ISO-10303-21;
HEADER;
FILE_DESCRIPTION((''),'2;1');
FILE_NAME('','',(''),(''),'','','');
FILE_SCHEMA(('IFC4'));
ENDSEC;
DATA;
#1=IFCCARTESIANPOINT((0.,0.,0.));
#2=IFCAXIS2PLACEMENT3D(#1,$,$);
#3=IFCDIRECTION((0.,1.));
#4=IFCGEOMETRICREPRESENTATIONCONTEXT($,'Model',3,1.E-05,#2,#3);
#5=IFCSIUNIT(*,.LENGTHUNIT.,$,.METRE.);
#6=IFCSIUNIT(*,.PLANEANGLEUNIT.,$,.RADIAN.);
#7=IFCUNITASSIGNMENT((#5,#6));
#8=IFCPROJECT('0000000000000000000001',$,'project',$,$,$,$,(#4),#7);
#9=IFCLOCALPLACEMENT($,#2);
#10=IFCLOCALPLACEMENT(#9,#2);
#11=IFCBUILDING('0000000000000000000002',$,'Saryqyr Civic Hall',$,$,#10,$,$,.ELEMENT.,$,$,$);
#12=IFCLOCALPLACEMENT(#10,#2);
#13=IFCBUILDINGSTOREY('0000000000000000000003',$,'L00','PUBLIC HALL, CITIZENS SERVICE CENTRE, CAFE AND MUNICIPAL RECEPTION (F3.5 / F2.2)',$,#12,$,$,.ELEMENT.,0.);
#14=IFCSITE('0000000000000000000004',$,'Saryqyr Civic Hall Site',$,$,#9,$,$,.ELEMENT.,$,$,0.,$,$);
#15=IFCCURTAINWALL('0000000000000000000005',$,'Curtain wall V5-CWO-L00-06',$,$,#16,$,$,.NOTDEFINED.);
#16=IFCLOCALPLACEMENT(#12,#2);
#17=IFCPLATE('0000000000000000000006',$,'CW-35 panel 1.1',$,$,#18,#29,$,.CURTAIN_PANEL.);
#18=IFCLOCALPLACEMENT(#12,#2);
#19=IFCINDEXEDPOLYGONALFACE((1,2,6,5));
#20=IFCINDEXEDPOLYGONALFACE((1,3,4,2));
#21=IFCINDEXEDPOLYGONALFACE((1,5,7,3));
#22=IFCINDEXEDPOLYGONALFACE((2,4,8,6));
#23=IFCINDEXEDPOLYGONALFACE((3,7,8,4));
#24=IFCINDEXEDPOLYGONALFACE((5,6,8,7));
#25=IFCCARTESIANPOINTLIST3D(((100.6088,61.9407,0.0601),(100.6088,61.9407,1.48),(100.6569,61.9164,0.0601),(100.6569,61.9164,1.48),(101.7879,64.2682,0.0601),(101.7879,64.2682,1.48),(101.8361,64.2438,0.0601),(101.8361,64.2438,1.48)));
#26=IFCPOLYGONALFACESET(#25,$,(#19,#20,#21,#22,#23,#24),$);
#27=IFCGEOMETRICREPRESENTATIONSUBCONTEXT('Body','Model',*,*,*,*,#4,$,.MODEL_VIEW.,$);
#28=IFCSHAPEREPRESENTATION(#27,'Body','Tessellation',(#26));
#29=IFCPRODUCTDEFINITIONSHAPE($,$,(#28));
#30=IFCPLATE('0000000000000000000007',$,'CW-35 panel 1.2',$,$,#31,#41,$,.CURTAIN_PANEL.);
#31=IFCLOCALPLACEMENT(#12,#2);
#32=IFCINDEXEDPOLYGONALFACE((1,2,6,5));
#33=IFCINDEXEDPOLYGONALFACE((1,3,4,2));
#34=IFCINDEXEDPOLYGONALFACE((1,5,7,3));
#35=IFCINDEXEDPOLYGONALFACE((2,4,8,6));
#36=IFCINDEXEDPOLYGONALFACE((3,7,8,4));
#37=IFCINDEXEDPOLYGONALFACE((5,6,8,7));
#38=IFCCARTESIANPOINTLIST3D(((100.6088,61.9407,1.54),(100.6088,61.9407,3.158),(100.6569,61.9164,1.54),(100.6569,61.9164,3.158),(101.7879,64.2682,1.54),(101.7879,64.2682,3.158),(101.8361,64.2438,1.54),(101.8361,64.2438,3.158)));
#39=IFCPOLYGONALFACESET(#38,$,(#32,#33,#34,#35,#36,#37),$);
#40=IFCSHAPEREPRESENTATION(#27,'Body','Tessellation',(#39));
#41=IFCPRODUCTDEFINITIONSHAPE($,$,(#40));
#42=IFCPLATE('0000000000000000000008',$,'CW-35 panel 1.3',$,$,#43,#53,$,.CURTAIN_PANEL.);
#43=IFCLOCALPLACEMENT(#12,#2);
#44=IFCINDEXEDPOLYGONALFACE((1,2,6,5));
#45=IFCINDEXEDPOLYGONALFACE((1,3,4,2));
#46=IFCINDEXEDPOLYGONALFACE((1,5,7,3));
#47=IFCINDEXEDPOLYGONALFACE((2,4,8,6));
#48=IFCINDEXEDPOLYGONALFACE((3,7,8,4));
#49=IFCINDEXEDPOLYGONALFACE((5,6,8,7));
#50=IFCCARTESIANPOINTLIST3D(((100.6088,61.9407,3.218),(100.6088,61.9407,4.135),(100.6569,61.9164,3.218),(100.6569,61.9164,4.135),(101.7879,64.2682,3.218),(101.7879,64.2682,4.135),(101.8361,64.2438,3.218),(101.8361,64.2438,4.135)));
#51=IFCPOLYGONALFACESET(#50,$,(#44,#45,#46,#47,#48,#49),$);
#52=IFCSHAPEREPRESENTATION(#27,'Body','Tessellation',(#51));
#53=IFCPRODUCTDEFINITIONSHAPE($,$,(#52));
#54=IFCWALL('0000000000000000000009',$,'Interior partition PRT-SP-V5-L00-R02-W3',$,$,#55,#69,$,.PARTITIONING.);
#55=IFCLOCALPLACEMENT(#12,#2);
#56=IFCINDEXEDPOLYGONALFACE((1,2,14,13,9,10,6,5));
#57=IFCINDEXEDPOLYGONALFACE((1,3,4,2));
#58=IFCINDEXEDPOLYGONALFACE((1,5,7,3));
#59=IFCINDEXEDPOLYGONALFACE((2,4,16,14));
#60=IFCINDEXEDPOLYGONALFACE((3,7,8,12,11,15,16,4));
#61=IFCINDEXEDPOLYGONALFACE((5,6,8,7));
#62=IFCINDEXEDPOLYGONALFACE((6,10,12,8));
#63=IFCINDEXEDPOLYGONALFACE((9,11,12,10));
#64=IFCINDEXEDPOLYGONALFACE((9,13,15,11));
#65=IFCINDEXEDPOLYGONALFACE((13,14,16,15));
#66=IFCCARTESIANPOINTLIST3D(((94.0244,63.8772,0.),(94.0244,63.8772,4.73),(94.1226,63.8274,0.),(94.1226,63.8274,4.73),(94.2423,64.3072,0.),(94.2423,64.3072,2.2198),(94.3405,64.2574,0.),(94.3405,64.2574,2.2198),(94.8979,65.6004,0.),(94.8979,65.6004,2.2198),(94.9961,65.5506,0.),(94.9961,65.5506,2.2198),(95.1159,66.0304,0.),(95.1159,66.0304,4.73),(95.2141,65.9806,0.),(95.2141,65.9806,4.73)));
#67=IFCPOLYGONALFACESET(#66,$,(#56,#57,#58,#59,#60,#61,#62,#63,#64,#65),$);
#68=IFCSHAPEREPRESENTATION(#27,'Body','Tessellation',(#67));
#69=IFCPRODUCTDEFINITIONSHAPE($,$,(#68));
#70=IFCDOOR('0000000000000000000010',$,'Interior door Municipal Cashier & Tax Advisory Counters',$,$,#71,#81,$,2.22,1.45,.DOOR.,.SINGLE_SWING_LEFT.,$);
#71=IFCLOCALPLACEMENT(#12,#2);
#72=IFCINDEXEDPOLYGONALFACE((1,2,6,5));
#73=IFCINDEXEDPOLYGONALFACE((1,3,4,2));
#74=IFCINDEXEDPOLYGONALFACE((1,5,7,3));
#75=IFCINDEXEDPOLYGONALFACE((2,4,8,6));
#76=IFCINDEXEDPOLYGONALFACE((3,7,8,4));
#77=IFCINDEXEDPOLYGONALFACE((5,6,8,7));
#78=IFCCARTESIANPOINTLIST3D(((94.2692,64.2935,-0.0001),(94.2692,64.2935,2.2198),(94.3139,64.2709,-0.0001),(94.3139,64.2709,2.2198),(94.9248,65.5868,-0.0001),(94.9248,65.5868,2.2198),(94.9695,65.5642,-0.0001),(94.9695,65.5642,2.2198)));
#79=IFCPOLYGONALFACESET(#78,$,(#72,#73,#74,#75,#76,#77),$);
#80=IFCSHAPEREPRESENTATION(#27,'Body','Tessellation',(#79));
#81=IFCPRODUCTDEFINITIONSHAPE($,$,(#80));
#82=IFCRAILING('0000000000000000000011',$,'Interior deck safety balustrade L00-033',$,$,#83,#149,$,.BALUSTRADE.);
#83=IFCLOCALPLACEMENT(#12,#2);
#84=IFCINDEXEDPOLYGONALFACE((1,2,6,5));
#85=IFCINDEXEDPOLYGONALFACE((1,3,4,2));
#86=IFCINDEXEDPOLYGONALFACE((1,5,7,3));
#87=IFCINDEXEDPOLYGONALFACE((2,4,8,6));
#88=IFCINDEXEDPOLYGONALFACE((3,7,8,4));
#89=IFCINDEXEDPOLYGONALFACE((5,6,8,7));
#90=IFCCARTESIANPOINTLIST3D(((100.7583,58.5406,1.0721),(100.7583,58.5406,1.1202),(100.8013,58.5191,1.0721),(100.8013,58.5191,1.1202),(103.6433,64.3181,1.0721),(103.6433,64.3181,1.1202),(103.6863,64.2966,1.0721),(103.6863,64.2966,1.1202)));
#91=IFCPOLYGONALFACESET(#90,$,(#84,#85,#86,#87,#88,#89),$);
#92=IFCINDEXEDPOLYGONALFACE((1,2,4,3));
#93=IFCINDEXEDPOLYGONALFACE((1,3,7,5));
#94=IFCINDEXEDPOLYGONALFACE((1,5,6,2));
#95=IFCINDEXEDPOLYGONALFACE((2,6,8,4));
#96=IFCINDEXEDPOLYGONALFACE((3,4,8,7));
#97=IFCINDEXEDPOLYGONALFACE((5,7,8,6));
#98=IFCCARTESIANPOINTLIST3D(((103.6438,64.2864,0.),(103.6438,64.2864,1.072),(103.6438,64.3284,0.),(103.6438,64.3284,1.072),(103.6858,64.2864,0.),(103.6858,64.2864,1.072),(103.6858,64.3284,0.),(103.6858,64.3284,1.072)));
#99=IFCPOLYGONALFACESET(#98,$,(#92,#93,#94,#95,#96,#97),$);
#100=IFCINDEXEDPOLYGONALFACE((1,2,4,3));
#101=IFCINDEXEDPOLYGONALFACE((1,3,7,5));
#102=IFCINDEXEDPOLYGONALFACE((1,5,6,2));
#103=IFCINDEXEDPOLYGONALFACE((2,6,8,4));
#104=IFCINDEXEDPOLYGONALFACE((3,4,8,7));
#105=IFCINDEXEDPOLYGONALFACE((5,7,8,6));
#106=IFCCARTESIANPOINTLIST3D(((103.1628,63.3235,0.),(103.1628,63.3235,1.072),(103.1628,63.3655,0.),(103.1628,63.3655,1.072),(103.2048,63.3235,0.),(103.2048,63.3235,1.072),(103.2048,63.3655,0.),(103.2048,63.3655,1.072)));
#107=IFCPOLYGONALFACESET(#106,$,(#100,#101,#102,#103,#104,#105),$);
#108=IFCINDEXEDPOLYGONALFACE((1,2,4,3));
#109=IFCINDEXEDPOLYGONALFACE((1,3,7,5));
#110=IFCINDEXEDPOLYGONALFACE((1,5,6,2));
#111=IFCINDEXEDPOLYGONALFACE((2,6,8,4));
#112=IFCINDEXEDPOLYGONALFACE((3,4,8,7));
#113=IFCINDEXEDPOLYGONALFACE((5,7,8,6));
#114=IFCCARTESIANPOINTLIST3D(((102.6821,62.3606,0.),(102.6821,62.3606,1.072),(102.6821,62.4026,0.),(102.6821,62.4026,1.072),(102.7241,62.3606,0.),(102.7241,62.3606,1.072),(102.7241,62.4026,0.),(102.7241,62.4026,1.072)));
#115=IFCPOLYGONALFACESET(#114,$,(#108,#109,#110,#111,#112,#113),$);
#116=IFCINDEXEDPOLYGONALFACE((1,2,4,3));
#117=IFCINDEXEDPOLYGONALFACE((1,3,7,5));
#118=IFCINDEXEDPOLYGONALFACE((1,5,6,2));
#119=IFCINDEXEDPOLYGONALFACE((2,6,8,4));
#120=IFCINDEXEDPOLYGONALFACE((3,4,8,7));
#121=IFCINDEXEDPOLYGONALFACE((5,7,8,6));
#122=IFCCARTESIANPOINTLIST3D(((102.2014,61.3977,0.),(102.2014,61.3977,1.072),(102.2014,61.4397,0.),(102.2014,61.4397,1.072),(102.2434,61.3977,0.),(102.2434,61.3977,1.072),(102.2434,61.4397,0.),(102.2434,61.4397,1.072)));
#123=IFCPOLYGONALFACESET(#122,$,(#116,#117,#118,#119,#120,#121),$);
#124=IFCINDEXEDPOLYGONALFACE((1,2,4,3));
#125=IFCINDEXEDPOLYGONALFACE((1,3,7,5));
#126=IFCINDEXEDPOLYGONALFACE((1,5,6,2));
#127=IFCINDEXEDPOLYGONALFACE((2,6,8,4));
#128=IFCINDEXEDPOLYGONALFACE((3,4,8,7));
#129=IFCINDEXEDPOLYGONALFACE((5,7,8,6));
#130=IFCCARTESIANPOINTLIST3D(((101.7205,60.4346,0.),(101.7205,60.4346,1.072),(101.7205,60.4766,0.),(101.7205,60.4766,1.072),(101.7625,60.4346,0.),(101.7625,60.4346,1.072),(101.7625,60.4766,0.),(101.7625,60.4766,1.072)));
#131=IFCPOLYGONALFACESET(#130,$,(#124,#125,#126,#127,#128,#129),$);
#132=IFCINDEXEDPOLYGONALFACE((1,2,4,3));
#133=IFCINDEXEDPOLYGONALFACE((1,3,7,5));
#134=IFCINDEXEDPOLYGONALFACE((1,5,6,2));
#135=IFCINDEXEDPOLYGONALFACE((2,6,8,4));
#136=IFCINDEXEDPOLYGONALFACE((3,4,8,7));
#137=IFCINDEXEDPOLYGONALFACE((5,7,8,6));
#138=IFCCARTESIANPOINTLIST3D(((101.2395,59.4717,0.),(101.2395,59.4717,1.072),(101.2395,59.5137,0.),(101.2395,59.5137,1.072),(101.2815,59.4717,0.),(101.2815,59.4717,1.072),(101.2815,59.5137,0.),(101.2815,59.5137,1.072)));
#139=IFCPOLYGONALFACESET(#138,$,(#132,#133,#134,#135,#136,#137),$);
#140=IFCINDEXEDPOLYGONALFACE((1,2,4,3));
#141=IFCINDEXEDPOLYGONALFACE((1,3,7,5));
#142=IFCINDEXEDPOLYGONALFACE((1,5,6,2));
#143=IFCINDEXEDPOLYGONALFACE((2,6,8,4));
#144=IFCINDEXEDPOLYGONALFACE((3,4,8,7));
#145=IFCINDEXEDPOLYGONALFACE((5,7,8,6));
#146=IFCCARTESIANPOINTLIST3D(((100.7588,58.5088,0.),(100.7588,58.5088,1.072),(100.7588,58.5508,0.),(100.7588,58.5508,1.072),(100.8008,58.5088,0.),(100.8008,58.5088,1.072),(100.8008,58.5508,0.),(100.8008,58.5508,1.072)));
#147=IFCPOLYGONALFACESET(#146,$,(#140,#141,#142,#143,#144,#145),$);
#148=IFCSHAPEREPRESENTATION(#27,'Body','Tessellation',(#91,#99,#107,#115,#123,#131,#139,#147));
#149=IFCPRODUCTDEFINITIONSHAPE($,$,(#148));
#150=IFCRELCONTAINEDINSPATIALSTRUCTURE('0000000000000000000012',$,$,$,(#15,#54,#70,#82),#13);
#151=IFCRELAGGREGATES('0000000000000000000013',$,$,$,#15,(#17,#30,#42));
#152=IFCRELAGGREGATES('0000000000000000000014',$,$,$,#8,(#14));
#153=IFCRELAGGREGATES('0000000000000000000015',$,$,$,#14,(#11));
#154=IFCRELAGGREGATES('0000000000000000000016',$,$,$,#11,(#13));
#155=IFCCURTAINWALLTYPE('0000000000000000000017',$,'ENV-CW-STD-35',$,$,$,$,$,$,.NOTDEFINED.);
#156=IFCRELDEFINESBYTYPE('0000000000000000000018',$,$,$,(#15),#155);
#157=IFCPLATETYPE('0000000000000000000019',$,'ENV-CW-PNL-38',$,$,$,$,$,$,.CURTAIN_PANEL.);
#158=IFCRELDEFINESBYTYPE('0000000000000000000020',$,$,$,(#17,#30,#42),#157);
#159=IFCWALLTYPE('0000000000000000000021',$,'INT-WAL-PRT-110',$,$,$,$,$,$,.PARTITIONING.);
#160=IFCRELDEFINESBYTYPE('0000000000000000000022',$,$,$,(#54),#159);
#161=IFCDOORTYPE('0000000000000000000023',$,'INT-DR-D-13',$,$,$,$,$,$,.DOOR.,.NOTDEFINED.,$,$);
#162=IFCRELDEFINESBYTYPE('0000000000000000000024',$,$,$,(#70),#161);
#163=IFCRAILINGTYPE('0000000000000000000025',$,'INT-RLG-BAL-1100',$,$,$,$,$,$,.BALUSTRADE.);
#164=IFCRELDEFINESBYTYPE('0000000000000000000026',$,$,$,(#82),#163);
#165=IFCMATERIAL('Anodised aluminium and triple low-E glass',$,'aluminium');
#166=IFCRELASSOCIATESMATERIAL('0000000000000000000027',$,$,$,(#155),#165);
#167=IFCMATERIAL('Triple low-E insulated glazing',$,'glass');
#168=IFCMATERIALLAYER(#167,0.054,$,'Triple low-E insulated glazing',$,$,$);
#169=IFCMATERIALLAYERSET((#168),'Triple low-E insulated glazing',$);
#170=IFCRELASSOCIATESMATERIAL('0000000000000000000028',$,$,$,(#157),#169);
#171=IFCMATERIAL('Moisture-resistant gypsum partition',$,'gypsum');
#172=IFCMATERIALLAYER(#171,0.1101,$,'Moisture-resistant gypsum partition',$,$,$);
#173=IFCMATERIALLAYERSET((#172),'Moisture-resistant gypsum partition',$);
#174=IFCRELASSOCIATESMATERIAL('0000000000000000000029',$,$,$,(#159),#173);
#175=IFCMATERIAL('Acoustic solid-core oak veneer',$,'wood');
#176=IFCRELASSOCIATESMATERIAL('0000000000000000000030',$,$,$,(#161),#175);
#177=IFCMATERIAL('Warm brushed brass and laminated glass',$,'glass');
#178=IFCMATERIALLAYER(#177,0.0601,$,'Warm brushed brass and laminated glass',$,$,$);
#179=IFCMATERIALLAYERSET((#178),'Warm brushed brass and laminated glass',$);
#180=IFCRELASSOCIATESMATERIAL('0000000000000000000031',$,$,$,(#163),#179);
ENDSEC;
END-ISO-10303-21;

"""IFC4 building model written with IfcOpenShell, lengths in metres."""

from ifc_helpers import new_model, si_unit, direction, frame, frame_2d, origin, origin_2d, place, context, subcontext, project, spatial, rectangle, extrude, material, layer, layer_set, type_object, element, fill, aggregate, save


model = new_model("IFC4")

# Units and contexts
model_context = context("Model", 3, precision=1e-05, world=origin(), true_north=direction((0.0, 1.0)))
body_context = subcontext(model_context, "Body", "Model", "MODEL_VIEW")
ifc_project = project(units=[si_unit("LENGTHUNIT", "METRE"), si_unit("PLANEANGLEUNIT", "RADIAN")], contexts=[model_context])

# Site, building, storey
site_placement = place(None, origin())
site = spatial("IfcSite", under=ifc_project, at=site_placement, Name="Saryqyr Civic Hall Site", CompositionType="ELEMENT", RefElevation=0.0)
building_placement = place(site_placement, origin())
building = spatial("IfcBuilding", under=site, at=building_placement, Name="Saryqyr Civic Hall", CompositionType="ELEMENT")
storey_placement = place(building_placement, origin())
storey = spatial("IfcBuildingStorey", under=building, at=storey_placement, Name="L00", Description="PUBLIC HALL, CITIZENS SERVICE CENTRE, CAFE AND MUNICIPAL RECEPTION (F3.5 / F2.2)", CompositionType="ELEMENT", Elevation=0.0)

# Curtain wall
ifc_material_1 = material(Name="Anodised aluminium and triple low-E glass", Category="aluminium")
curtain_wall_type = type_object("IfcCurtainWallType", Name="ENV-CW-STD-35", PredefinedType="NOTDEFINED", material=ifc_material_1)
curtain_wall_placement = place(storey_placement, origin())
curtain_wall = element("IfcCurtainWall", 1, at=curtain_wall_placement, inside=storey, type_object=curtain_wall_type, Name="Curtain wall V5-CWO-L00-06", PredefinedType="NOTDEFINED")

# Plates
ifc_material_2 = material(Name="Triple low-E insulated glazing", Category="glass")
ifc_layer_1 = layer(ifc_material_2, 0.054, Name="Triple low-E insulated glazing")
ifc_layer_set_1 = layer_set([ifc_layer_1], Name="Triple low-E insulated glazing")
plate_type = type_object("IfcPlateType", Name="ENV-CW-PNL-38", PredefinedType="CURTAIN_PANEL", material=ifc_layer_set_1)
plate_1_placement = place(storey_placement, frame((101.2224, 63.0923, 0.0601), z_axis=(0.0, 0.0, 1.0), x_axis=(-0.451942, -0.892047, 0.0)))
plate_1 = element("IfcPlate", 2, at=plate_1_placement, type_object=plate_type, Name="CW-35 panel 1.1", PredefinedType="CURTAIN_PANEL", context=body_context, shape_type="SweptSolid", body=[
    extrude(rectangle(XDim=2.6091, YDim=0.054, at=origin_2d()), origin(), (0.0, 0.0, 1.0), 1.4199),
])
plate_2_placement = place(storey_placement, frame((101.2224, 63.0923, 1.54), z_axis=(0.0, 0.0, 1.0), x_axis=(-0.451942, -0.892047, 0.0)))
plate_2 = element("IfcPlate", 3, at=plate_2_placement, type_object=plate_type, Name="CW-35 panel 1.2", PredefinedType="CURTAIN_PANEL", context=body_context, shape_type="SweptSolid", body=[
    extrude(rectangle(XDim=2.6091, YDim=0.054, at=origin_2d()), origin(), (0.0, 0.0, 1.0), 1.6179),
])
plate_3_placement = place(storey_placement, frame((101.2224, 63.0923, 3.218), z_axis=(0.0, 0.0, 1.0), x_axis=(-0.451942, -0.892047, 0.0)))
plate_3 = element("IfcPlate", 4, at=plate_3_placement, type_object=plate_type, Name="CW-35 panel 1.3", PredefinedType="CURTAIN_PANEL", context=body_context, shape_type="SweptSolid", body=[
    extrude(rectangle(XDim=2.6091, YDim=0.054, at=origin_2d()), origin(), (0.0, 0.0, 1.0), 0.917),
])
aggregate(curtain_wall, [plate_1, plate_2, plate_3])

# Wall, opening, door
ifc_material_3 = material(Name="Moisture-resistant gypsum partition", Category="gypsum")
ifc_layer_2 = layer(ifc_material_3, 0.1101, Name="Moisture-resistant gypsum partition")
ifc_layer_set_2 = layer_set([ifc_layer_2], Name="Moisture-resistant gypsum partition")
wall_type = type_object("IfcWallType", Name="INT-WAL-PRT-110", PredefinedType="PARTITIONING", material=ifc_layer_set_2)
wall_placement = place(storey_placement, frame((94.0735, 63.8523, 0.0), z_axis=(0.0, 0.0, 1.0), x_axis=(0.452142, 0.891946, 0.0)))
wall = element("IfcWall", 5, at=wall_placement, inside=storey, type_object=wall_type, Name="Interior partition PRT-SP-V5-L00-R02-W3", PredefinedType="PARTITIONING", context=body_context, shape_type="SweptSolid", body=[
    extrude(rectangle(XDim=2.4141, YDim=0.1101, at=frame_2d((1.207, 0.0))), origin(), (0.0, 0.0, 1.0), 4.73),
])
opening_placement = place(wall_placement, frame((0.4819, 0.0, 0.0)))
opening = element("IfcOpeningElement", 6, at=opening_placement, cuts=wall, PredefinedType="OPENING", context=body_context, shape_type="SweptSolid", body=[
    extrude(rectangle(XDim=1.45, YDim=2.22, at=frame_2d((0.7251, 1.1099))), frame((0.0, 0.0649, 0.0), z_axis=(0.0, -1.0, 0.0), x_axis=(1.0, 0.0, 0.0)), (0.0, 0.0, 1.0), 0.1301),
])
ifc_material_4 = material(Name="Acoustic solid-core oak veneer", Category="wood")
door_type = type_object("IfcDoorType", Name="INT-DR-D-13", OperationType="NOTDEFINED", PredefinedType="DOOR", material=ifc_material_4)
door_placement = place(opening_placement, origin())
door = element("IfcDoor", 7, at=door_placement, inside=storey, type_object=door_type, Name="Interior door Municipal Cashier & Tax Advisory Counters", OperationType="SINGLE_SWING_LEFT", OverallHeight=2.22, OverallWidth=1.45, PredefinedType="DOOR", context=body_context, shape_type="SweptSolid", body=[
    extrude(rectangle(XDim=1.45, YDim=2.22, at=frame_2d((0.7251, 1.1099))), frame((0.0, 0.0249, 0.0), z_axis=(0.0, -1.0, 0.0), x_axis=(1.0, 0.0, 0.0)), (0.0, 0.0, 1.0), 0.05),
])
fill(opening, door)

# Railing
ifc_material_5 = material(Name="Warm brushed brass and laminated glass", Category="glass")
ifc_layer_3 = layer(ifc_material_5, 0.0601, Name="Warm brushed brass and laminated glass")
ifc_layer_set_3 = layer_set([ifc_layer_3], Name="Warm brushed brass and laminated glass")
railing_type = type_object("IfcRailingType", Name="INT-RLG-BAL-1100", PredefinedType="BALUSTRADE", material=ifc_layer_set_3)
railing_placement = place(storey_placement, frame((103.6648, 64.3074, 0.0)))
element("IfcRailing", 8, at=railing_placement, inside=storey, type_object=railing_type, Name="Interior deck safety balustrade L00-033", PredefinedType="BALUSTRADE", context=body_context, shape_type="SweptSolid", body=[
    extrude(rectangle(XDim=0.0481, YDim=0.0481, at=origin_2d()), frame((0.0, 0.0, 1.0962), z_axis=(-0.446745, -0.894661, 0.0), x_axis=(0.894661, -0.446745, 0.0)), (0.0, 0.0, 1.0), 6.4578),
    extrude(rectangle(XDim=0.042, YDim=0.042, at=origin_2d()), origin(), (0.0, 0.0, 1.0), 1.072),
    extrude(rectangle(XDim=0.042, YDim=0.042, at=origin_2d()), frame((-0.481, -0.9629, 0.0)), (0.0, 0.0, 1.0), 1.072),
    extrude(rectangle(XDim=0.042, YDim=0.042, at=origin_2d()), frame((-0.9617, -1.9258, 0.0)), (0.0, 0.0, 1.0), 1.072),
    extrude(rectangle(XDim=0.042, YDim=0.042, at=origin_2d()), frame((-1.4424, -2.8887, 0.0)), (0.0, 0.0, 1.0), 1.072),
    extrude(rectangle(XDim=0.042, YDim=0.042, at=origin_2d()), frame((-1.9233, -3.8518, 0.0)), (0.0, 0.0, 1.0), 1.072),
    extrude(rectangle(XDim=0.042, YDim=0.042, at=origin_2d()), frame((-2.4043, -4.8147, 0.0)), (0.0, 0.0, 1.0), 1.072),
    extrude(rectangle(XDim=0.042, YDim=0.042, at=origin_2d()), frame((-2.885, -5.7776, 0.0)), (0.0, 0.0, 1.0), 1.072),
])

save(model, "model.ifc")
